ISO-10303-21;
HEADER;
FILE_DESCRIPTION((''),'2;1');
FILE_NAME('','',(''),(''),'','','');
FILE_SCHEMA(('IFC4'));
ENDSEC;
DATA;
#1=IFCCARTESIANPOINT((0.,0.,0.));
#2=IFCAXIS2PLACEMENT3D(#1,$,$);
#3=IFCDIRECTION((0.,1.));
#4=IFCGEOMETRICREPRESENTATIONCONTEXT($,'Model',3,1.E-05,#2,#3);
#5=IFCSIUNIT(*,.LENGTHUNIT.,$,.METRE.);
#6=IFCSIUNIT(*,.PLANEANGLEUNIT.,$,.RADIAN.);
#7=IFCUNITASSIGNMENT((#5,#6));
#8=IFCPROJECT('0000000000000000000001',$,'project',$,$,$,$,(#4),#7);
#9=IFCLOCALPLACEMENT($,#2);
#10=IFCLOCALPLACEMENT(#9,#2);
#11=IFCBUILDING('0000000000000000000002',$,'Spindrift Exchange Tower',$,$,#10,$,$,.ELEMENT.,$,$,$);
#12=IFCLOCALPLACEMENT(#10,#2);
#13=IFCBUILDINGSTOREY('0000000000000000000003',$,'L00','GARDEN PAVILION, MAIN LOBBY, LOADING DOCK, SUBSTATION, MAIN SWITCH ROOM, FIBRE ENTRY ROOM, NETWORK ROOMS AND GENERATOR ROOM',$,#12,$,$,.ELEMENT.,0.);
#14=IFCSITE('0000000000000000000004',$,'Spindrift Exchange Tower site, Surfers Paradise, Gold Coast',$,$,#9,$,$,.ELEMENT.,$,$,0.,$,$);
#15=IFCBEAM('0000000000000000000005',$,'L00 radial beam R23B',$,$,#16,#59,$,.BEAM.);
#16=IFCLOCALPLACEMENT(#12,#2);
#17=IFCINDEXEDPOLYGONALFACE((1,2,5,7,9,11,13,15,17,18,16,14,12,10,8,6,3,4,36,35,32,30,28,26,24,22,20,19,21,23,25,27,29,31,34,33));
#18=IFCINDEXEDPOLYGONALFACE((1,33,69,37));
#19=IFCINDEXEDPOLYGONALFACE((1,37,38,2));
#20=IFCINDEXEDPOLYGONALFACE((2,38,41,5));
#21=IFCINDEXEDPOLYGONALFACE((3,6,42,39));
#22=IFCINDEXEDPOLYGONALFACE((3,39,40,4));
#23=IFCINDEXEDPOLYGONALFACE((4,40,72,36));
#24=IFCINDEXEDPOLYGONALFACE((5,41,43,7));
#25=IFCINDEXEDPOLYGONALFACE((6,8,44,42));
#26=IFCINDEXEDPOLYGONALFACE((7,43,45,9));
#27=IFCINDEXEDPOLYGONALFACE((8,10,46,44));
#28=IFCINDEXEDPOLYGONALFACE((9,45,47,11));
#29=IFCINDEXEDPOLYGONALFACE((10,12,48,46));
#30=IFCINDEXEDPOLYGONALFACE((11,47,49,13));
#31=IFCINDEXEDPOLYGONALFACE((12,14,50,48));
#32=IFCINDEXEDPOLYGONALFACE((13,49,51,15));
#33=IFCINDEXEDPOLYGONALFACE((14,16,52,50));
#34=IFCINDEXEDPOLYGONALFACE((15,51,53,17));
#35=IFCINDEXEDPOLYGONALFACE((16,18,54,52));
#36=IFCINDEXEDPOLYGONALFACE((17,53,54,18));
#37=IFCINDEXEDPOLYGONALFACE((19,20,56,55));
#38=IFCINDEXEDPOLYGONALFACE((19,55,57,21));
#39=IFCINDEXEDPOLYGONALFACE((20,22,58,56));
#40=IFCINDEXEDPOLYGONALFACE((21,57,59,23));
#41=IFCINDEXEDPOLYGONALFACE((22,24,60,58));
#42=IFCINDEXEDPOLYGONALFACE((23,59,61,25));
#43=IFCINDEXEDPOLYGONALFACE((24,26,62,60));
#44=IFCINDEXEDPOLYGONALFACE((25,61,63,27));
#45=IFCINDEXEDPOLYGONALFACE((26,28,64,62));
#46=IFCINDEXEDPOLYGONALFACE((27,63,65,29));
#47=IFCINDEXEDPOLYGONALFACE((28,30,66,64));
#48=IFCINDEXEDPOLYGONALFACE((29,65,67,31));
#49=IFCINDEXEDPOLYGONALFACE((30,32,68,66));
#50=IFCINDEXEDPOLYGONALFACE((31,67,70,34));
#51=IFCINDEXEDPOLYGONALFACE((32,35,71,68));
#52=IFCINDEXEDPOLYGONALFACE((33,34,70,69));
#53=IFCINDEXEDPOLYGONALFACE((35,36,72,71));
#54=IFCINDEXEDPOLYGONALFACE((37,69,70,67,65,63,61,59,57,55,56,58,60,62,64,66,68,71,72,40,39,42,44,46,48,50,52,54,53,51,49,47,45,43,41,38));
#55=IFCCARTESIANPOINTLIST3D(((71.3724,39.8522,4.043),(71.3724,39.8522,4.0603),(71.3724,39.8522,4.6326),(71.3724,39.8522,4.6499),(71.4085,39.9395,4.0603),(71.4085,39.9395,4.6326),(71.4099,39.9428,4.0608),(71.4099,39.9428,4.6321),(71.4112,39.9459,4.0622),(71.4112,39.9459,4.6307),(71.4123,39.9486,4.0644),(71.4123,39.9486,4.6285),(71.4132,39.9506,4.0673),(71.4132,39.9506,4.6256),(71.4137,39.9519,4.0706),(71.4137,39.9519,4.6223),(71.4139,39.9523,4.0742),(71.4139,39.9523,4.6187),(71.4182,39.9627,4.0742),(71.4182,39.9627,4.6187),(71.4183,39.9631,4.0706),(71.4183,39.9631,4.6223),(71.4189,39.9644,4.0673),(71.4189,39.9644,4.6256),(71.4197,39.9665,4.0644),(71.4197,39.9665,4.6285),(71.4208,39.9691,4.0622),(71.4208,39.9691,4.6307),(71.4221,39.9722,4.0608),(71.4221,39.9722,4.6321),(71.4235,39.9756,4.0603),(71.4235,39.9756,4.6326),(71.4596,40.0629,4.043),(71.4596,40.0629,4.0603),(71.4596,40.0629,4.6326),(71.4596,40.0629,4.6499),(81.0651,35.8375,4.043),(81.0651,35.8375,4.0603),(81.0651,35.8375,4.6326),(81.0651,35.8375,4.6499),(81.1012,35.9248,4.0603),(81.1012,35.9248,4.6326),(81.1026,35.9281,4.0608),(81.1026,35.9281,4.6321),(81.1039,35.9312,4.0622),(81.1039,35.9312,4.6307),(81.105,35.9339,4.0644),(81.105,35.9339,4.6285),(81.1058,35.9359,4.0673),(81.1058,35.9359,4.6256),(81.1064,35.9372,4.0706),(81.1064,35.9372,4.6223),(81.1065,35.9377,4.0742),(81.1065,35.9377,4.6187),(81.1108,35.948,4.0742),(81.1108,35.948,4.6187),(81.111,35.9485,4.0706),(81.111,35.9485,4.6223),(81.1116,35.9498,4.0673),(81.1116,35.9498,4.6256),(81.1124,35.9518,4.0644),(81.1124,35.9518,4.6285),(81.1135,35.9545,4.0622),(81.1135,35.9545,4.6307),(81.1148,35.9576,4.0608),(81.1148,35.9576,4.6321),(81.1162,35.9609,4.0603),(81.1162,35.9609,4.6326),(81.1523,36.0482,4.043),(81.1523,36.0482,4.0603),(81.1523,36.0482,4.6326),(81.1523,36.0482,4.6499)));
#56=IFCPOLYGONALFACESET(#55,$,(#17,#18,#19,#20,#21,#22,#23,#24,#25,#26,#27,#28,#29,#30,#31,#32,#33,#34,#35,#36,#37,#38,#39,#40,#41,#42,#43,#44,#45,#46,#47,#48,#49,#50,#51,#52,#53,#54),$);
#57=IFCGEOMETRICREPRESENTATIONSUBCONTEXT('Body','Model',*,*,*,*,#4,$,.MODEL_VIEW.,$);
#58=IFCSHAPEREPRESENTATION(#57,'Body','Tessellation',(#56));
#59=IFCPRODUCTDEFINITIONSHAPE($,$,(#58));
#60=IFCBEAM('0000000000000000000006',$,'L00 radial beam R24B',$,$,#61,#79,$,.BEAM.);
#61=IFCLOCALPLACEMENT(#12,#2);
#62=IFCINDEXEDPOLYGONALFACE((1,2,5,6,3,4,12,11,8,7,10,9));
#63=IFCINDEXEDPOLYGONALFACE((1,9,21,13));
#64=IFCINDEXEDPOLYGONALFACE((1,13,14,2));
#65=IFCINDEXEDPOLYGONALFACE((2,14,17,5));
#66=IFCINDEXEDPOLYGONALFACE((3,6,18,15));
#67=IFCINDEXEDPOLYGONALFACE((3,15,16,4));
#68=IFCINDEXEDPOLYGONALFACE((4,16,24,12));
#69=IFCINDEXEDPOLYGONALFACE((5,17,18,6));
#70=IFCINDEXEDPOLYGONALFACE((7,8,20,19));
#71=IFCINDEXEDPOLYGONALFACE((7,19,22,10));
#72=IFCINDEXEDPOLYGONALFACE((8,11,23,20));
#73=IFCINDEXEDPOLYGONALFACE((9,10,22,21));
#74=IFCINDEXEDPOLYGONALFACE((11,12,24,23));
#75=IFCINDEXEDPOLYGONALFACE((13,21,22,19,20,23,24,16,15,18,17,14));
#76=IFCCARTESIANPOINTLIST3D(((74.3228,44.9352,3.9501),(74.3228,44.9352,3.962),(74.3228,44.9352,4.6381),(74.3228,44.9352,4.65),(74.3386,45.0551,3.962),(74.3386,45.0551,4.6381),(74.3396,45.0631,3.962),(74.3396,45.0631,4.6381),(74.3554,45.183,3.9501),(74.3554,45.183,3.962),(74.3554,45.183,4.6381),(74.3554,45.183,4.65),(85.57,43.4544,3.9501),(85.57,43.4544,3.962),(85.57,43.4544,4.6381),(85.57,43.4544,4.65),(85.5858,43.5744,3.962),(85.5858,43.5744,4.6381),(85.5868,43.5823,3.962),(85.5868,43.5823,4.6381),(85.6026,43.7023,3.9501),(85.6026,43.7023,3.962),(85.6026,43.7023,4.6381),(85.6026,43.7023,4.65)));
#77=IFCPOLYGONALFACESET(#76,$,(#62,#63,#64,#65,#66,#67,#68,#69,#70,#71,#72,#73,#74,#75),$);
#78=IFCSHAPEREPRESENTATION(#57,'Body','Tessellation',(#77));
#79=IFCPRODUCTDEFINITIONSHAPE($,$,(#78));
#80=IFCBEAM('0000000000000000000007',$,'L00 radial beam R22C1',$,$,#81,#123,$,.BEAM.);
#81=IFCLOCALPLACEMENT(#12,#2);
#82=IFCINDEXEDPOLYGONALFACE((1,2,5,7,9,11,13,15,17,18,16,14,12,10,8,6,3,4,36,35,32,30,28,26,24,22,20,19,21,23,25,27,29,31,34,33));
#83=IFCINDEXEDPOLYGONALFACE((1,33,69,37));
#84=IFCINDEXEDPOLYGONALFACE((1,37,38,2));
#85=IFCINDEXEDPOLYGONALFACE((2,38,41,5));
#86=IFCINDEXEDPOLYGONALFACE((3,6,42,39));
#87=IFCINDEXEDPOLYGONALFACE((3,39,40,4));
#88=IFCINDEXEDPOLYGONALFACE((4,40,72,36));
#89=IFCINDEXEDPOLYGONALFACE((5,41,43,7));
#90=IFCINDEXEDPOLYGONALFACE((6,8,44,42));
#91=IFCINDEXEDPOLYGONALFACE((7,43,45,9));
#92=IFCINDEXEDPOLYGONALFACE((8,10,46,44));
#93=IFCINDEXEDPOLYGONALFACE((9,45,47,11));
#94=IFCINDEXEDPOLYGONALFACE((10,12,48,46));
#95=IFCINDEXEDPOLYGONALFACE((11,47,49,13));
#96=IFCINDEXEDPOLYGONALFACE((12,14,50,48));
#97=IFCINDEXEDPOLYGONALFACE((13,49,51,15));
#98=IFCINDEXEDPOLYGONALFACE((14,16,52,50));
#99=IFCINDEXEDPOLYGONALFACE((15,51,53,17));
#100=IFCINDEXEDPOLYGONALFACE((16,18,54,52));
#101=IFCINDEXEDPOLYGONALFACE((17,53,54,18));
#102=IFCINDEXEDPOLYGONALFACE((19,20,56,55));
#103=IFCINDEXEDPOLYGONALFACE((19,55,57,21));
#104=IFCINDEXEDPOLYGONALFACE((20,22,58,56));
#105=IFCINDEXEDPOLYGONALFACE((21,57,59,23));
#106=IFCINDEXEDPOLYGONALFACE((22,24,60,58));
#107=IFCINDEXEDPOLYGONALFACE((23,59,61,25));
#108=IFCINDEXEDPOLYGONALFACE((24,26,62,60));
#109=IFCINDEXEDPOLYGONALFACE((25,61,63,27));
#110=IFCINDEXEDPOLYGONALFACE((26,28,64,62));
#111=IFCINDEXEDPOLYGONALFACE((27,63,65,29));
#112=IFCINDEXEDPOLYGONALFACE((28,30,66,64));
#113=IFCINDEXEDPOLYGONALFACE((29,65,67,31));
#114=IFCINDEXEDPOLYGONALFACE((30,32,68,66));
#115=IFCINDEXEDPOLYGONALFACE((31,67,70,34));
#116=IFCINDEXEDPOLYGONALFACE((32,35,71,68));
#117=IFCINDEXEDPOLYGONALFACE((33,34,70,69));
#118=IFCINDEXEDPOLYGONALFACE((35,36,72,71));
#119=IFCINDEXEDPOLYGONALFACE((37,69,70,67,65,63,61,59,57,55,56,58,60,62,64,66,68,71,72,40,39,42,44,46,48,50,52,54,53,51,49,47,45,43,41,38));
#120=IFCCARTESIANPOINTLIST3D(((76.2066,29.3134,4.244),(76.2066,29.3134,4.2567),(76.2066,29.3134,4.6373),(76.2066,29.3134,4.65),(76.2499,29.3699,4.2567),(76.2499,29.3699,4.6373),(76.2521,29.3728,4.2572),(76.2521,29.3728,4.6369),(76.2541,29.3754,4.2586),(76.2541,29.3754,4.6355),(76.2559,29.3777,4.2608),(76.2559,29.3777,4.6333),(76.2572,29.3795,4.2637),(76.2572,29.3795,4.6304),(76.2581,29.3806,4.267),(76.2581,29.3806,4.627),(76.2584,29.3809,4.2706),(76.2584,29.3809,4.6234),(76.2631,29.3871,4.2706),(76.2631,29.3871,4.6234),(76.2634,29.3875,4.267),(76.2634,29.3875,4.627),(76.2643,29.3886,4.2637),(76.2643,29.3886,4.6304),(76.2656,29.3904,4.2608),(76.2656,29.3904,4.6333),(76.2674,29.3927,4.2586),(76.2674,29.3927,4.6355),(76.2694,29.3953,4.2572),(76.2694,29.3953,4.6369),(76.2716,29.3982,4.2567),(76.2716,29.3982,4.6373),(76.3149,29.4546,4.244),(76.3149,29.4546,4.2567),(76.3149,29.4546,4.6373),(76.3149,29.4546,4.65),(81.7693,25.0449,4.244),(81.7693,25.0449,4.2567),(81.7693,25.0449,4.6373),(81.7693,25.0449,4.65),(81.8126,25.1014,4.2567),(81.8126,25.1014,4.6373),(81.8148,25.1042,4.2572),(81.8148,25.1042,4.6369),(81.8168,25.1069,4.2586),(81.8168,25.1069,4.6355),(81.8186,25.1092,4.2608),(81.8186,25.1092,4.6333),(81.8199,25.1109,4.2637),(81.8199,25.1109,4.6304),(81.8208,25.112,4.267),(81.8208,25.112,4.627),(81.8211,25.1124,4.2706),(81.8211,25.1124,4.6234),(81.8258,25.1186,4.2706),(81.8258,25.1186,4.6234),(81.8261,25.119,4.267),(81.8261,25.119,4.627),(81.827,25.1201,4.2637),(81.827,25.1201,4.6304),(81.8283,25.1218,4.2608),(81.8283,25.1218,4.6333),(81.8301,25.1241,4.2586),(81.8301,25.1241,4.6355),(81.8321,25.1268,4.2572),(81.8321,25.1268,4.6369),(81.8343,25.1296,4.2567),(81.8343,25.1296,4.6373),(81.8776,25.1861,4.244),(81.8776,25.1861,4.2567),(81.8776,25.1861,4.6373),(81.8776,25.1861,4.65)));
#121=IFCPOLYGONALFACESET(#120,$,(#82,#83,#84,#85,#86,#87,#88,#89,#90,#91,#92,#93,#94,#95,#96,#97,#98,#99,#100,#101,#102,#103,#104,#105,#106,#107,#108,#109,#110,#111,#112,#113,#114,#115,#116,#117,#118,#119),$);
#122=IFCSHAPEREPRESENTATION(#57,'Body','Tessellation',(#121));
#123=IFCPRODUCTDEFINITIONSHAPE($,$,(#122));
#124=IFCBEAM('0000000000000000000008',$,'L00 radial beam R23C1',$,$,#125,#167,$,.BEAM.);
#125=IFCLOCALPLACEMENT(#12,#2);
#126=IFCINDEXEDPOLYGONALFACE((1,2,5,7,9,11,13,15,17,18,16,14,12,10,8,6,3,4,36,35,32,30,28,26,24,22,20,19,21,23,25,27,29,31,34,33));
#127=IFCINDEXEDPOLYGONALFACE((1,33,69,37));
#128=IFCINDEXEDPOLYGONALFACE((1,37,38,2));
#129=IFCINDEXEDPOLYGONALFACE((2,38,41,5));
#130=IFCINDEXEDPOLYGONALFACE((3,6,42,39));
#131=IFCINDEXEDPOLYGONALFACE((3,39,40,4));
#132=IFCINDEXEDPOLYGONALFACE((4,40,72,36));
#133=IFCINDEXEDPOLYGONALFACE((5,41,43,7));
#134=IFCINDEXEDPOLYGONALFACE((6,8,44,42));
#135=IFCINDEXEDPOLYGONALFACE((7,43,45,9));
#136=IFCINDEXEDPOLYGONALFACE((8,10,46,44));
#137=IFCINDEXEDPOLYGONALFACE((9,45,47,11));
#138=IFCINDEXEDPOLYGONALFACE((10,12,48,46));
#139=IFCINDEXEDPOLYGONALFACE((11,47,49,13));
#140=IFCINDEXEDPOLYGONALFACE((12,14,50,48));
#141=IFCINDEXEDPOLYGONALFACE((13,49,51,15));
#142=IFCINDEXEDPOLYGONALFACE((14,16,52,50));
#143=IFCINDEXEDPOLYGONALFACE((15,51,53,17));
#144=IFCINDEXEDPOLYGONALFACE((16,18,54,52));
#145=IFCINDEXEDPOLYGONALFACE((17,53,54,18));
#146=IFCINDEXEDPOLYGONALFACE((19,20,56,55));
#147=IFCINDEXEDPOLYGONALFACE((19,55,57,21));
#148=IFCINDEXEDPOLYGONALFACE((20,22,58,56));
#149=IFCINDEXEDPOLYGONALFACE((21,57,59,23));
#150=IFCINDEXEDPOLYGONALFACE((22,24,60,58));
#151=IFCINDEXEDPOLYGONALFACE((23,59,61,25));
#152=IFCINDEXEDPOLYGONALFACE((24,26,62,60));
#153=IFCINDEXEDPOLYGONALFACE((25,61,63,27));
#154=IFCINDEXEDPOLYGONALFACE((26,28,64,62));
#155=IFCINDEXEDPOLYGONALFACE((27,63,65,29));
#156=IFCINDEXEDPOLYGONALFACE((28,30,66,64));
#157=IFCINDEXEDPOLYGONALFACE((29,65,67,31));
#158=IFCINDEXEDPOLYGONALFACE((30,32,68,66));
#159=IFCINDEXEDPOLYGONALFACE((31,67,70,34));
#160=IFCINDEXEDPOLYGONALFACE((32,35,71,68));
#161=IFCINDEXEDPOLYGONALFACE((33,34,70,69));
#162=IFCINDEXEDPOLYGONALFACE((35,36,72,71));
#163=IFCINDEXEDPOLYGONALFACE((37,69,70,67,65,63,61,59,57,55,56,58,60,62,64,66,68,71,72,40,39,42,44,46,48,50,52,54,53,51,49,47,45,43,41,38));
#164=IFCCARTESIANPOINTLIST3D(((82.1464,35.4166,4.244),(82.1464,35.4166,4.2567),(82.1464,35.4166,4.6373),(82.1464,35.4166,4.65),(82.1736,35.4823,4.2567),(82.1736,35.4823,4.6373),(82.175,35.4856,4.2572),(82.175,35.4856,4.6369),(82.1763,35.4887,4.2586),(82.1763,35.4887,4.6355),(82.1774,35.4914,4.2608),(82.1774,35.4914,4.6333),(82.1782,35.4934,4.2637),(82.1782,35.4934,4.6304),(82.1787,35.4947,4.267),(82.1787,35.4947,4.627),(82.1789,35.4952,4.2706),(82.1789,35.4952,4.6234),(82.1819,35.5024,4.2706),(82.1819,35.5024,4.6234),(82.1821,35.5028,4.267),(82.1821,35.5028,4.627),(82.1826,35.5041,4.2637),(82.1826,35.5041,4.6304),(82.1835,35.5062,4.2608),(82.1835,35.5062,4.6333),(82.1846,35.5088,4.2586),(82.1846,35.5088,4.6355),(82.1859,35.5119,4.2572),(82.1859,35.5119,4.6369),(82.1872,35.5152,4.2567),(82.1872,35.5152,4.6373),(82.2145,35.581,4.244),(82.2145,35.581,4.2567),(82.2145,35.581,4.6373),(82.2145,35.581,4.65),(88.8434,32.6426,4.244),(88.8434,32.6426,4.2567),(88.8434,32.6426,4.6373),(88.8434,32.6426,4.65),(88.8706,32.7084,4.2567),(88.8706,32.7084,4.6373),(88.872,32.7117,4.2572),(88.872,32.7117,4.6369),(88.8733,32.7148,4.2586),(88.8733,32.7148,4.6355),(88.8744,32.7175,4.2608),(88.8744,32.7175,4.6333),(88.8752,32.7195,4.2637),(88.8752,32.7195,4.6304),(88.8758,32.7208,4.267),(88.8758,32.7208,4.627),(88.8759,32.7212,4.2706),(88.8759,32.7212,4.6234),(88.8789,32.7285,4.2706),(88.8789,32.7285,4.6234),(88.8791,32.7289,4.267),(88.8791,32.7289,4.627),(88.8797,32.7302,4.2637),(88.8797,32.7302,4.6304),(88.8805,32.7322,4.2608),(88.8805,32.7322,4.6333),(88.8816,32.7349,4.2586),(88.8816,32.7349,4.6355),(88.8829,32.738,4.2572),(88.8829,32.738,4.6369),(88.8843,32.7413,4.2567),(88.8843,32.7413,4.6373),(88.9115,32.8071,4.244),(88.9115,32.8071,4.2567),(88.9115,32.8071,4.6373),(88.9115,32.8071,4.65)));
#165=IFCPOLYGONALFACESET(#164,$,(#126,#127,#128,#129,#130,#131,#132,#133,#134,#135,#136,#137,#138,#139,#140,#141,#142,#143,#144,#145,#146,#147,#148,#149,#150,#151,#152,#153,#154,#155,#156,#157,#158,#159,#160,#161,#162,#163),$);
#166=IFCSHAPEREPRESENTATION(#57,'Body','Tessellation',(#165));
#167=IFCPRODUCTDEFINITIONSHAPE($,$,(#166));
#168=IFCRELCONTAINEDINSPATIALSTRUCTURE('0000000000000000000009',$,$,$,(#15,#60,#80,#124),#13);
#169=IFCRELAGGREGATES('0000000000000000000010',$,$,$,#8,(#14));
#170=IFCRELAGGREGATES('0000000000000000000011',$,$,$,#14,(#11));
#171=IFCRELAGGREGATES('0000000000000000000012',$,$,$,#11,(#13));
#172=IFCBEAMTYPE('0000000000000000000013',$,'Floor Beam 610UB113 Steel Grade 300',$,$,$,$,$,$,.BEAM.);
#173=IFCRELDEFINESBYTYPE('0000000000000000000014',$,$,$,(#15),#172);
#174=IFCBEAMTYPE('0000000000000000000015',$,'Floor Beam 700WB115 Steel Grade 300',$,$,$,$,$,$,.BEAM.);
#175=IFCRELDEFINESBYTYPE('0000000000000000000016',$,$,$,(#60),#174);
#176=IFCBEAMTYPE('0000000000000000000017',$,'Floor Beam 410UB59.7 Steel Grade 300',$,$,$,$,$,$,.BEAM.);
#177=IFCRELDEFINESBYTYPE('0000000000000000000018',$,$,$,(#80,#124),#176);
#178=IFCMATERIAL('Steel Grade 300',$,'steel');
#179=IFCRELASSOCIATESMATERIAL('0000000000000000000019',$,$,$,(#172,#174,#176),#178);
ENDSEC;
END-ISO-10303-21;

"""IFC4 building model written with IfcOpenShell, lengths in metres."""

from ifc_helpers import new_model, si_unit, direction, frame, origin, origin_2d, place, context, subcontext, project, spatial, i_section, extrude, source, transform, mapped, material, material_profile, profile_set, type_object, element, save


model = new_model("IFC4")

# Units and contexts
model_context = context("Model", 3, precision=1e-05, world=origin(), true_north=direction((0.0, 1.0)))
body_context = subcontext(model_context, "Body", "Model", "MODEL_VIEW")
ifc_project = project(units=[si_unit("LENGTHUNIT", "METRE"), si_unit("PLANEANGLEUNIT", "RADIAN")], contexts=[model_context])

# Site, building, storey
site_placement = place(None, origin())
site = spatial("IfcSite", under=ifc_project, at=site_placement, Name="Spindrift Exchange Tower site, Surfers Paradise, Gold Coast", CompositionType="ELEMENT", RefElevation=0.0)
building_placement = place(site_placement, origin())
building = spatial("IfcBuilding", under=site, at=building_placement, Name="Spindrift Exchange Tower", CompositionType="ELEMENT")
storey_placement = place(building_placement, origin())
storey = spatial("IfcBuildingStorey", under=building, at=storey_placement, Name="L00", Description="GARDEN PAVILION, MAIN LOBBY, LOADING DOCK, SUBSTATION, MAIN SWITCH ROOM, FIBRE ENTRY ROOM, NETWORK ROOMS AND GENERATOR ROOM", CompositionType="ELEMENT", Elevation=0.0)

# Beams
ifc_material_1 = material(Name="Steel Grade 300", Category="steel")
ifc_material_profile_1 = material_profile(ifc_material_1, i_section(OverallWidth=0.228, OverallDepth=0.6069, WebThickness=0.0112, FlangeThickness=0.0173, FilletRadius=0.0139, at=origin_2d()), Name="610UB113")
ifc_profile_set_1 = profile_set([ifc_material_profile_1], Name="Steel Grade 300")
beam_type_1 = type_object("IfcBeamType", Name="Floor Beam 610UB113 Steel Grade 300", PredefinedType="BEAM", material=ifc_profile_set_1)
shared_shape_1 = source(origin(), body_context, "Body", "SweptSolid", [
    extrude(i_section(OverallWidth=0.228, OverallDepth=0.6069, WebThickness=0.0112, FlangeThickness=0.0173, FilletRadius=0.0139, at=origin_2d()), origin(), (0.0, 0.0, 1.0), 10.4912),
])
beam_1_placement = place(storey_placement, frame((71.416, 39.9575, 4.3464), z_axis=(0.923885, -0.38267, 0.0), x_axis=(0.38267, 0.923885, 0.0)))
element("IfcBeam", 1, at=beam_1_placement, inside=storey, type_object=beam_type_1, Name="L00 radial beam R23B", PredefinedType="BEAM", context=body_context, shape_type="MappedRepresentation", body=[
    mapped(shared_shape_1, transform((0.0, 0.0, 0.0), scale=1.0)),
])
ifc_material_profile_2 = material_profile(ifc_material_1, i_section(OverallWidth=0.25, OverallDepth=0.7, WebThickness=0.0081, FlangeThickness=0.012, at=origin_2d()), Name="700WB115")
ifc_profile_set_2 = profile_set([ifc_material_profile_2], Name="Steel Grade 300")
beam_type_2 = type_object("IfcBeamType", Name="Floor Beam 700WB115 Steel Grade 300", PredefinedType="BEAM", material=ifc_profile_set_2)
shared_shape_2 = source(origin(), body_context, "Body", "SweptSolid", [
    extrude(i_section(OverallWidth=0.25, OverallDepth=0.7, WebThickness=0.0081, FlangeThickness=0.012, at=origin_2d()), origin(), (0.0, 0.0, 1.0), 11.3442),
])
beam_2_placement = place(storey_placement, frame((74.3391, 45.0591, 4.3), z_axis=(0.991445, -0.130527, 0.0), x_axis=(0.130527, 0.991445, 0.0)))
element("IfcBeam", 2, at=beam_2_placement, inside=storey, type_object=beam_type_2, Name="L00 radial beam R24B", PredefinedType="BEAM", context=body_context, shape_type="MappedRepresentation", body=[
    mapped(shared_shape_2, transform((0.0, 0.0, 0.0), scale=1.0)),
])
ifc_material_profile_3 = material_profile(ifc_material_1, i_section(OverallWidth=0.178, OverallDepth=0.406, WebThickness=0.0078, FlangeThickness=0.0127, FilletRadius=0.0139, at=origin_2d()), Name="410UB59.7")
ifc_profile_set_3 = profile_set([ifc_material_profile_3], Name="Steel Grade 300")
beam_type_3 = type_object("IfcBeamType", Name="Floor Beam 410UB59.7 Steel Grade 300", PredefinedType="BEAM", material=ifc_profile_set_3)
shared_shape_3 = source(origin(), body_context, "Body", "SweptSolid", [
    extrude(i_section(OverallWidth=0.178, OverallDepth=0.406, WebThickness=0.0078, FlangeThickness=0.0127, FilletRadius=0.0139, at=origin_2d()), origin(), (0.0, 0.0, 1.0), 7.0117),
])
beam_3_placement = place(storey_placement, frame((76.2607, 29.384, 4.447), z_axis=(0.793346, -0.608771, 0.0), x_axis=(0.608771, 0.793346, 0.0)))
element("IfcBeam", 3, at=beam_3_placement, inside=storey, type_object=beam_type_3, Name="L00 radial beam R22C1", PredefinedType="BEAM", context=body_context, shape_type="MappedRepresentation", body=[
    mapped(shared_shape_3, transform((0.0, 0.0, 0.0), scale=1.0)),
])
shared_shape_4 = source(origin(), body_context, "Body", "SweptSolid", [
    extrude(i_section(OverallWidth=0.178, OverallDepth=0.406, WebThickness=0.0078, FlangeThickness=0.0127, FilletRadius=0.0139, at=origin_2d()), origin(), (0.0, 0.0, 1.0), 7.2488),
])
beam_4_placement = place(storey_placement, frame((82.1804, 35.4988, 4.447), z_axis=(0.923883, -0.382675, 0.0), x_axis=(0.382675, 0.923883, 0.0)))
element("IfcBeam", 4, at=beam_4_placement, inside=storey, type_object=beam_type_3, Name="L00 radial beam R23C1", PredefinedType="BEAM", context=body_context, shape_type="MappedRepresentation", body=[
    mapped(shared_shape_4, transform((0.0, 0.0, 0.0), scale=1.0)),
])

save(model, "model.ifc")
